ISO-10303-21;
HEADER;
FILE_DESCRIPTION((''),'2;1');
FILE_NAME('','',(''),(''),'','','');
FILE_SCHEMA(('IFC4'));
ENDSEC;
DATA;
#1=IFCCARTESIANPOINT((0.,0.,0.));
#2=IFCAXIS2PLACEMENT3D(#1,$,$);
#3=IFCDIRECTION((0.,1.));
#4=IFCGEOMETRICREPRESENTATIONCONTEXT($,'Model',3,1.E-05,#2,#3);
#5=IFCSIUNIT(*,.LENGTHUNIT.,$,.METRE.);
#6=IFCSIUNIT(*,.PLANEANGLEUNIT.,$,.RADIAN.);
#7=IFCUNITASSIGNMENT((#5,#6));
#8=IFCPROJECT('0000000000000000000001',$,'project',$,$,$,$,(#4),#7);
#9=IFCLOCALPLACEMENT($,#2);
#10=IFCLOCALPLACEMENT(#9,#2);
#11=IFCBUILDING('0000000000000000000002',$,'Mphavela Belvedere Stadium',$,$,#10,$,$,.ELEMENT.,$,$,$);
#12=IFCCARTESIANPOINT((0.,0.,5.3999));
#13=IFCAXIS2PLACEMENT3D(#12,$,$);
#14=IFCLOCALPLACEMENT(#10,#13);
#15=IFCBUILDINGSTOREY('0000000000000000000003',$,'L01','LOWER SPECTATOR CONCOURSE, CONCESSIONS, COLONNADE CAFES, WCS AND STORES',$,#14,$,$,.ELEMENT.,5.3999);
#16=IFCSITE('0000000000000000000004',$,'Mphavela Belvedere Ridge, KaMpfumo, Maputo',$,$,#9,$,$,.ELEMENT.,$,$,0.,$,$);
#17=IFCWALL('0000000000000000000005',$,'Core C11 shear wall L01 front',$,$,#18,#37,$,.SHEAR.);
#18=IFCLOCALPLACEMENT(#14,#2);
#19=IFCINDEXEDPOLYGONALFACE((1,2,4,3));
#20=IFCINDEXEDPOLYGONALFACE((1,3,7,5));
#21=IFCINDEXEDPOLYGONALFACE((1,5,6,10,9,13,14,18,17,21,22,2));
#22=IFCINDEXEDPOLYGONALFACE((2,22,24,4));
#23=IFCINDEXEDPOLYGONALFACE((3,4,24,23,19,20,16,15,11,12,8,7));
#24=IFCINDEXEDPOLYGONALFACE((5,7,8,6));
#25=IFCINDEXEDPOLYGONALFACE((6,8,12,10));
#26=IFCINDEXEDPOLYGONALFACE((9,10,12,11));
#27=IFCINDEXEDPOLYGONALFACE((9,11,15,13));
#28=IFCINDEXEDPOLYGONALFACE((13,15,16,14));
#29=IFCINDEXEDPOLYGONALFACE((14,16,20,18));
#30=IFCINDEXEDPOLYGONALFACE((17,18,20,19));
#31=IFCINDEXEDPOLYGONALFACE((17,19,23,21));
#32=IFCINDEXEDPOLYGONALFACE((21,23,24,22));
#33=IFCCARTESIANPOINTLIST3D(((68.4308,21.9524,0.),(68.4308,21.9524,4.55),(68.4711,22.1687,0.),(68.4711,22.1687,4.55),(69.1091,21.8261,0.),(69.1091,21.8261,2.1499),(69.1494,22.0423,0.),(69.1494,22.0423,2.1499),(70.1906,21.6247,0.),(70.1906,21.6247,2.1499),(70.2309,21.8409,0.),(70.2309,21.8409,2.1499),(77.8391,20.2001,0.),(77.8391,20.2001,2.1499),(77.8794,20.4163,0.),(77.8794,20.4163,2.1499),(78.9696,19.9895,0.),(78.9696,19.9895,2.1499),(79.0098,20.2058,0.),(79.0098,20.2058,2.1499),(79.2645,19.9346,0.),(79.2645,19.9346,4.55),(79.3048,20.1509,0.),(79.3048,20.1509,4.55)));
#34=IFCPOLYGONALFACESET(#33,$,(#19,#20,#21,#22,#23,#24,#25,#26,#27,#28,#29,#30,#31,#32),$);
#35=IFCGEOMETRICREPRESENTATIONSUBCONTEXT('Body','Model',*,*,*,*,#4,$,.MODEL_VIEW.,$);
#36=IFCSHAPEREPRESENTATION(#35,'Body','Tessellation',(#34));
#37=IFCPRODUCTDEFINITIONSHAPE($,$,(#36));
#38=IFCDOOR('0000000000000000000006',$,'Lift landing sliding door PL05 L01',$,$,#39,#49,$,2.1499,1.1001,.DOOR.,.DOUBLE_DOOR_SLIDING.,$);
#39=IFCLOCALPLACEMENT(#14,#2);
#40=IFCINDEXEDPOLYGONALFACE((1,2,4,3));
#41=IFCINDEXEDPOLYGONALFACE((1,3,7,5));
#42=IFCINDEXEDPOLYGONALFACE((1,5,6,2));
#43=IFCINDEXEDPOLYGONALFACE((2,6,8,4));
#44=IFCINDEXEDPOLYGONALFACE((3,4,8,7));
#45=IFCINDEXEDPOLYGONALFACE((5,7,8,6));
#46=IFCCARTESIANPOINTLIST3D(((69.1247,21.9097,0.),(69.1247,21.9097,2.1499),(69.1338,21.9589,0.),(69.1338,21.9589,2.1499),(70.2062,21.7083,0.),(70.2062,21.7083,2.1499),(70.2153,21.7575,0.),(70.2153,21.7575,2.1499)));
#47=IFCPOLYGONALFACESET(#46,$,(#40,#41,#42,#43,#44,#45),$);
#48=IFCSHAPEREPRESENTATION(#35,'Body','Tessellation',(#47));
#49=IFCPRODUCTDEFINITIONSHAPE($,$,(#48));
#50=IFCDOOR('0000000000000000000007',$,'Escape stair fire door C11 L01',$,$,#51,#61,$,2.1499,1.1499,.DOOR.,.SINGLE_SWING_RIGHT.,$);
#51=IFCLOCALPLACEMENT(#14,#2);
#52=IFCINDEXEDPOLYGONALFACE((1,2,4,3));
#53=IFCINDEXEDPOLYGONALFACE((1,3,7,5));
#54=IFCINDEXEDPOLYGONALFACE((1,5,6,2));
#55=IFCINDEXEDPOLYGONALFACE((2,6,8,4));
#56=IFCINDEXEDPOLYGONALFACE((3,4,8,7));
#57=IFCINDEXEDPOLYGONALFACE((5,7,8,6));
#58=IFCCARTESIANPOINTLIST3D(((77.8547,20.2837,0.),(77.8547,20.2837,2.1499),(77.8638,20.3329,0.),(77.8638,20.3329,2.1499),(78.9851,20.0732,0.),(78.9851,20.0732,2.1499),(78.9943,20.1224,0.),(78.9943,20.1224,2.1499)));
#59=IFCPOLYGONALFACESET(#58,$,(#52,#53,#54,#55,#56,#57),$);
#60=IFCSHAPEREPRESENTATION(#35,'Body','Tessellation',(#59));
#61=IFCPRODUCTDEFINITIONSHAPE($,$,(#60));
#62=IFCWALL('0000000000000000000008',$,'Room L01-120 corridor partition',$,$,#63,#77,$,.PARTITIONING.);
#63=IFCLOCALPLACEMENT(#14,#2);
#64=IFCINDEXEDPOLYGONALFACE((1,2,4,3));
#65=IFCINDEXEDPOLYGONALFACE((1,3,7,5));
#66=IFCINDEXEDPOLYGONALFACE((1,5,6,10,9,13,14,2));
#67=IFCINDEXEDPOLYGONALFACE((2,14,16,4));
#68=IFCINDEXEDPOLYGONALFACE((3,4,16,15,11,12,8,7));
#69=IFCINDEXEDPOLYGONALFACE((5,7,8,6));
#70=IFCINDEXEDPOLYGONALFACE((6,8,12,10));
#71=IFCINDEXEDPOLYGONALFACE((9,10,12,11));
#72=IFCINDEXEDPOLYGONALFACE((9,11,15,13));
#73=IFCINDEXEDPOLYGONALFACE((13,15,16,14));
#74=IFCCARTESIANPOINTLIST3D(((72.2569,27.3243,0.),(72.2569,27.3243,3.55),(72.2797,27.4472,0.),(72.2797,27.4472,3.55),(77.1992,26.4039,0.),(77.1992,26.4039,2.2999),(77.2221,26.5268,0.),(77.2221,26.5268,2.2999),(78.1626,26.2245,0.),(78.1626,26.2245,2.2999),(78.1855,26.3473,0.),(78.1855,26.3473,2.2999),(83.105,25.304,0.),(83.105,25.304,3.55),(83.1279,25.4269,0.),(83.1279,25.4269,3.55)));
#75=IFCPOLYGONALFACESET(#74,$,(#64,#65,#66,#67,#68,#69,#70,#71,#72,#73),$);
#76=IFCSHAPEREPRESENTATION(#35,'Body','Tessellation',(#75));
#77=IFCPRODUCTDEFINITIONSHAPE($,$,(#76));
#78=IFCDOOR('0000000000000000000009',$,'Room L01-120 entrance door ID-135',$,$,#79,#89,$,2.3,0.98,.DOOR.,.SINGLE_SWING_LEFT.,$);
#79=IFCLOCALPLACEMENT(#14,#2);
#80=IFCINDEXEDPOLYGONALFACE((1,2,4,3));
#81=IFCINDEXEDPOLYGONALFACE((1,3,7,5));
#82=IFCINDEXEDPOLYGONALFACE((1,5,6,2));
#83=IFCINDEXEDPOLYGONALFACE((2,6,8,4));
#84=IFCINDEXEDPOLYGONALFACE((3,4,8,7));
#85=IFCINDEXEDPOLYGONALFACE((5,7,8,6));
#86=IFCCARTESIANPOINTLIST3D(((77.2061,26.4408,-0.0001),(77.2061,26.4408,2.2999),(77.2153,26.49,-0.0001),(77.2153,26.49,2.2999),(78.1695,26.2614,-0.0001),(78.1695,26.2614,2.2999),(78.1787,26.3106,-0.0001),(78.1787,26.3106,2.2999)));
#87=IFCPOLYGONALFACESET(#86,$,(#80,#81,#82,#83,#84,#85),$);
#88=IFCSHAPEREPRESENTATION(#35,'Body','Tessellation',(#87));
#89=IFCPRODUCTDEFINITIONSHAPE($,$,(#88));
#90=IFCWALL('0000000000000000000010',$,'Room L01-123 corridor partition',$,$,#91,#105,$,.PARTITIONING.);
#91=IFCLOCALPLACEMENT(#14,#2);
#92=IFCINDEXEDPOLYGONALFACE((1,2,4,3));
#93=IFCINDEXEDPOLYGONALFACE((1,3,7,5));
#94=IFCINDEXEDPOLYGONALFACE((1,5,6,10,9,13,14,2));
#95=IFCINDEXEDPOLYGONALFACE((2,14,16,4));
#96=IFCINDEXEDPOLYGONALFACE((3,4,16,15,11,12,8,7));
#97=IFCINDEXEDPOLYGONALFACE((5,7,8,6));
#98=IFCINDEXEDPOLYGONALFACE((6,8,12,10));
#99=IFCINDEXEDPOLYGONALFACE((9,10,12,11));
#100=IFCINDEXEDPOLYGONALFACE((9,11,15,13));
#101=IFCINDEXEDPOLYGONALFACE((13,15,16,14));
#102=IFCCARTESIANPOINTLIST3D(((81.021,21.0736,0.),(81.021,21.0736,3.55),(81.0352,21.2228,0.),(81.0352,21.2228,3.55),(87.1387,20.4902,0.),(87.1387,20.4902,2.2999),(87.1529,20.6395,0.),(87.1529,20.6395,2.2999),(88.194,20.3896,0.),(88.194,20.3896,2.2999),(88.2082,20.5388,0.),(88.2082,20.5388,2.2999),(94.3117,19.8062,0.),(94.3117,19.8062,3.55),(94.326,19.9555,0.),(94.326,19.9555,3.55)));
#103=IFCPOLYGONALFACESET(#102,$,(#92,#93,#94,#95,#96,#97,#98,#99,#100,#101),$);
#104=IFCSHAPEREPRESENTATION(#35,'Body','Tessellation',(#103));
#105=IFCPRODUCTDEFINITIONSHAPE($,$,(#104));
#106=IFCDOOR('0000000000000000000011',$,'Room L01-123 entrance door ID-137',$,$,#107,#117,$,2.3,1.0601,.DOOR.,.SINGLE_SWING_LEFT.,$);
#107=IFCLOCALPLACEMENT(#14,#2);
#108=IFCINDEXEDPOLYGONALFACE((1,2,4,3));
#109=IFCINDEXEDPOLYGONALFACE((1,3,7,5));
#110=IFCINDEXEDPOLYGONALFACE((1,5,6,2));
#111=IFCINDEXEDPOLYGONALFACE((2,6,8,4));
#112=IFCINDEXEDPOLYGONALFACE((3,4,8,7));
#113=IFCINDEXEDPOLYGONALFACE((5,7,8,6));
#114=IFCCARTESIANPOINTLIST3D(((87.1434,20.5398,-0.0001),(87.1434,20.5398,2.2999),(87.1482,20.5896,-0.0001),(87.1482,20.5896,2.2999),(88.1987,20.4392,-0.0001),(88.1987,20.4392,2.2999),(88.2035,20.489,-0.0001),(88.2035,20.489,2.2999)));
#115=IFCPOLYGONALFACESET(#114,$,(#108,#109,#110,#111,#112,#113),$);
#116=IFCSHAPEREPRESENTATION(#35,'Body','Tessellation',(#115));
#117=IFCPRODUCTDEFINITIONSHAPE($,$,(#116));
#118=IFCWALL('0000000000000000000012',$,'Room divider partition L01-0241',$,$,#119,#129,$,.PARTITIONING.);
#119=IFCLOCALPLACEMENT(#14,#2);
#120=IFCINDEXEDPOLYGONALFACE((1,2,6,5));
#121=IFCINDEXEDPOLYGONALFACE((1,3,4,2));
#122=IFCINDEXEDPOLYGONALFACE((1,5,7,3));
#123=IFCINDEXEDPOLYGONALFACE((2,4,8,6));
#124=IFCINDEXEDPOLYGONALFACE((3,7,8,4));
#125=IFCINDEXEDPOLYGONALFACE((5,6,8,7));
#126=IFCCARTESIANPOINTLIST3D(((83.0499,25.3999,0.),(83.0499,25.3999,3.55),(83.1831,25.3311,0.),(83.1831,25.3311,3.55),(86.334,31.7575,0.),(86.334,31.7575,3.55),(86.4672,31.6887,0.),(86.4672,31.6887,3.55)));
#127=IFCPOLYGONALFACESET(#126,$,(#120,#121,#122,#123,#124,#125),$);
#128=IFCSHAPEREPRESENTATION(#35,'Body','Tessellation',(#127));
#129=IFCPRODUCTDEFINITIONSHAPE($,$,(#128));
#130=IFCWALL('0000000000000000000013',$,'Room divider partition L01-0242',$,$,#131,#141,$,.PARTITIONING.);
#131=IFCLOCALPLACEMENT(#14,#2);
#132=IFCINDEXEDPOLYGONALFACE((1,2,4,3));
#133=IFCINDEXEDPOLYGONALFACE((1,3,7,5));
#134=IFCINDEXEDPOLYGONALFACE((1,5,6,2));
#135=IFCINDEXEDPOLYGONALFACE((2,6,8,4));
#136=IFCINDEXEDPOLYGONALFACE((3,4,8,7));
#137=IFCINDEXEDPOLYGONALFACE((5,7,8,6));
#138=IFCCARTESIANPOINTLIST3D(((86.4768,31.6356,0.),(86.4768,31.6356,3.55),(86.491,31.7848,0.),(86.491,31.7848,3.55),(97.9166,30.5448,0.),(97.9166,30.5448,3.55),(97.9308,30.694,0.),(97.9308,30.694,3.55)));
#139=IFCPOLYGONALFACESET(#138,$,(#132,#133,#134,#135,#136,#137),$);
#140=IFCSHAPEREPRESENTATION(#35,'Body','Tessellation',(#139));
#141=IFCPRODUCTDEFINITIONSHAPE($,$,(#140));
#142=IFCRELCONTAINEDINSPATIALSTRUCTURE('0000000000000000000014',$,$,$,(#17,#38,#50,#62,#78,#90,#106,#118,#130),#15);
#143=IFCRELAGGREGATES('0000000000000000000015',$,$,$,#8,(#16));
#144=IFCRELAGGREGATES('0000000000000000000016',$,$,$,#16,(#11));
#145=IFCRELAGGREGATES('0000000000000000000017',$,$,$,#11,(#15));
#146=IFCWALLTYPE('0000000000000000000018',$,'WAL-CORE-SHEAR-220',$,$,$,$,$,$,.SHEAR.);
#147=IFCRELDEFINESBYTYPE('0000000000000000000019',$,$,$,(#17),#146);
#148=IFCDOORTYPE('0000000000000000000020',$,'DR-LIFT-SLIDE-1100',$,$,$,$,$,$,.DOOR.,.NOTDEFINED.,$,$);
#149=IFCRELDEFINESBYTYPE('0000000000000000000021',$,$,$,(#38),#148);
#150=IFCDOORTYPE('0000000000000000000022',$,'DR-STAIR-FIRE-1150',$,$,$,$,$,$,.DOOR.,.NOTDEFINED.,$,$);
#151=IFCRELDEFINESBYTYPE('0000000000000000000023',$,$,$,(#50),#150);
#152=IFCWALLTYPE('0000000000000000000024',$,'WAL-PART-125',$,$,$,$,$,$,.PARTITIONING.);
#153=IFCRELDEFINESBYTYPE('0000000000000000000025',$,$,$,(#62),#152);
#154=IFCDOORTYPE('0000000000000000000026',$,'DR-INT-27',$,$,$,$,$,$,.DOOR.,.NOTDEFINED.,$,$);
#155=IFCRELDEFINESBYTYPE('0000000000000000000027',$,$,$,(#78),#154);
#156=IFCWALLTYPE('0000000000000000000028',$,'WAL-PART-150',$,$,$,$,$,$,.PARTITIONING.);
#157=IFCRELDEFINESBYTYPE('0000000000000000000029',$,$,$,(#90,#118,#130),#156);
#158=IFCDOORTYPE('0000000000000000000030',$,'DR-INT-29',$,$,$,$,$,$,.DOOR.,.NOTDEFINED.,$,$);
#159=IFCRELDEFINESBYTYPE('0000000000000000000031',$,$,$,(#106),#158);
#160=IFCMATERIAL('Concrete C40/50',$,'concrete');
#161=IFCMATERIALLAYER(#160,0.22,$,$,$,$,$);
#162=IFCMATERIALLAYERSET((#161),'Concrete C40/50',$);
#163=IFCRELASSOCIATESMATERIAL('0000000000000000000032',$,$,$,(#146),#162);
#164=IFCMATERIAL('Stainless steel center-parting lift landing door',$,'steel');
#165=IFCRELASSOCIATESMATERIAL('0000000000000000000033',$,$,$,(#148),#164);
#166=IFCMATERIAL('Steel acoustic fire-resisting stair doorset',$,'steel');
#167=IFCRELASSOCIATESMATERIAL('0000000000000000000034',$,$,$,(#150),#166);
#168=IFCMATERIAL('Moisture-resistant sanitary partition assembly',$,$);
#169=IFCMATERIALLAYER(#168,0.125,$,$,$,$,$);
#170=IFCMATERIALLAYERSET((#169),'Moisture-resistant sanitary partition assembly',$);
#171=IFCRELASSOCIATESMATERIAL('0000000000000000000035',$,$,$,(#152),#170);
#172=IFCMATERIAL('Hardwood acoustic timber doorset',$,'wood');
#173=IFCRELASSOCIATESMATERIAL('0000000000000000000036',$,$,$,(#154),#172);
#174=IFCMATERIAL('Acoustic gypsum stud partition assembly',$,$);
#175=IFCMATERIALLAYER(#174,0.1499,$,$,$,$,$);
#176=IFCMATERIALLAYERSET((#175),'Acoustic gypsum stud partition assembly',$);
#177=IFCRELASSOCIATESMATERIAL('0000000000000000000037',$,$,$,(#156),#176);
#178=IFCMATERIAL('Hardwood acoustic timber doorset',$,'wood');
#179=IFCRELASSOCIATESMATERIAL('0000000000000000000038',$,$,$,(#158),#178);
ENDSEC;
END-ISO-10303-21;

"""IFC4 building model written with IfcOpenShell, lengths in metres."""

from ifc_helpers import new_model, si_unit, direction, frame, frame_2d, origin, place, context, subcontext, project, spatial, rectangle, extrude, material, layer, layer_set, type_object, element, fill, save


model = new_model("IFC4")

# Units and contexts
model_context = context("Model", 3, precision=1e-05, world=origin(), true_north=direction((0.0, 1.0)))
body_context = subcontext(model_context, "Body", "Model", "MODEL_VIEW")
ifc_project = project(units=[si_unit("LENGTHUNIT", "METRE"), si_unit("PLANEANGLEUNIT", "RADIAN")], contexts=[model_context])

# Site, building, storey
site_placement = place(None, origin())
site = spatial("IfcSite", under=ifc_project, at=site_placement, Name="Mphavela Belvedere Ridge, KaMpfumo, Maputo", CompositionType="ELEMENT", RefElevation=0.0)
building_placement = place(site_placement, origin())
building = spatial("IfcBuilding", under=site, at=building_placement, Name="Mphavela Belvedere Stadium", CompositionType="ELEMENT")
storey_placement = place(building_placement, frame((0.0, 0.0, 5.3999)))
storey = spatial("IfcBuildingStorey", under=building, at=storey_placement, Name="L01", Description="LOWER SPECTATOR CONCOURSE, CONCESSIONS, COLONNADE CAFES, WCS AND STORES", CompositionType="ELEMENT", Elevation=5.3999)

# Shared definitions
ifc_material_1 = material(Name="Concrete C40/50", Category="concrete")
ifc_layer_1 = layer(ifc_material_1, 0.22)
ifc_layer_set_1 = layer_set([ifc_layer_1], Name="Concrete C40/50")
wall_type_1 = type_object("IfcWallType", Name="WAL-CORE-SHEAR-220", PredefinedType="SHEAR", material=ifc_layer_set_1)

# Wall, openings, doors
wall_1_placement = place(storey_placement, frame((79.2847, 20.0427, 0.0), z_axis=(0.0, 0.0, 1.0), x_axis=(-0.983093, 0.183105, 0.0)))
wall_1 = element("IfcWall", 1, at=wall_1_placement, inside=storey, type_object=wall_type_1, Name="Core C11 shear wall L01 front", PredefinedType="SHEAR", context=body_context, shape_type="SweptSolid", body=[
    extrude(rectangle(XDim=11.02, YDim=0.22, at=frame_2d((5.51, 0.0))), origin(), (0.0, 0.0, 1.0), 4.55),
])
opening_1_placement = place(wall_1_placement, frame((0.3, 0.0, 0.0)))
opening_1 = element("IfcOpeningElement", 2, at=opening_1_placement, cuts=wall_1, PredefinedType="OPENING", context=body_context, shape_type="SweptSolid", body=[
    extrude(rectangle(XDim=1.1499, YDim=2.1499, at=frame_2d((0.575, 1.075))), frame((0.0, 0.1201, 0.0), z_axis=(0.0, -1.0, 0.0), x_axis=(1.0, 0.0, 0.0)), (0.0, 0.0, 1.0), 0.24),
])
opening_2_placement = place(wall_1_placement, frame((9.23, 0.0, 0.0)))
opening_2 = element("IfcOpeningElement", 3, at=opening_2_placement, cuts=wall_1, PredefinedType="OPENING", context=body_context, shape_type="SweptSolid", body=[
    extrude(rectangle(XDim=1.1001, YDim=2.1499, at=frame_2d((0.55, 1.075))), frame((0.0, 0.1201, 0.0), z_axis=(0.0, -1.0, 0.0), x_axis=(1.0, 0.0, 0.0)), (0.0, 0.0, 1.0), 0.24),
])
ifc_material_2 = material(Name="Stainless steel center-parting lift landing door", Category="steel")
door_type_1 = type_object("IfcDoorType", Name="DR-LIFT-SLIDE-1100", OperationType="NOTDEFINED", PredefinedType="DOOR", material=ifc_material_2)
door_1_placement = place(opening_2_placement, origin())
door_1 = element("IfcDoor", 4, at=door_1_placement, inside=storey, type_object=door_type_1, Name="Lift landing sliding door PL05 L01", OperationType="DOUBLE_DOOR_SLIDING", OverallHeight=2.1499, OverallWidth=1.1001, PredefinedType="DOOR", context=body_context, shape_type="SweptSolid", body=[
    extrude(rectangle(XDim=1.1001, YDim=2.1499, at=frame_2d((0.55, 1.075))), frame((0.0, 0.0249, 0.0), z_axis=(0.0, -1.0, 0.0), x_axis=(1.0, 0.0, 0.0)), (0.0, 0.0, 1.0), 0.05),
])
fill(opening_2, door_1)
ifc_material_3 = material(Name="Steel acoustic fire-resisting stair doorset", Category="steel")
door_type_2 = type_object("IfcDoorType", Name="DR-STAIR-FIRE-1150", OperationType="NOTDEFINED", PredefinedType="DOOR", material=ifc_material_3)
door_2_placement = place(opening_1_placement, origin())
door_2 = element("IfcDoor", 5, at=door_2_placement, inside=storey, type_object=door_type_2, Name="Escape stair fire door C11 L01", OperationType="SINGLE_SWING_RIGHT", OverallHeight=2.1499, OverallWidth=1.1499, PredefinedType="DOOR", context=body_context, shape_type="SweptSolid", body=[
    extrude(rectangle(XDim=1.1499, YDim=2.1499, at=frame_2d((0.575, 1.075))), frame((0.0, 0.0249, 0.0), z_axis=(0.0, -1.0, 0.0), x_axis=(1.0, 0.0, 0.0)), (0.0, 0.0, 1.0), 0.05),
])
fill(opening_1, door_2)

# Walls, openings, doors
ifc_material_4 = material(Name="Moisture-resistant sanitary partition assembly")
ifc_layer_2 = layer(ifc_material_4, 0.125)
ifc_layer_set_2 = layer_set([ifc_layer_2], Name="Moisture-resistant sanitary partition assembly")
wall_type_2 = type_object("IfcWallType", Name="WAL-PART-125", PredefinedType="PARTITIONING", material=ifc_layer_set_2)
wall_2_placement = place(storey_placement, frame((83.1165, 25.3655, 0.0), z_axis=(0.0, 0.0, 1.0), x_axis=(-0.983097, 0.183083, 0.0)))
wall_2 = element("IfcWall", 6, at=wall_2_placement, inside=storey, type_object=wall_type_2, Name="Room L01-120 corridor partition", PredefinedType="PARTITIONING", context=body_context, shape_type="SweptSolid", body=[
    extrude(rectangle(XDim=11.0347, YDim=0.125, at=frame_2d((5.5173, 0.0))), origin(), (0.0, 0.0, 1.0), 3.55),
])
opening_3_placement = place(wall_2_placement, frame((5.0273, 0.0, 0.0)))
opening_3 = element("IfcOpeningElement", 7, at=opening_3_placement, cuts=wall_2, PredefinedType="OPENING", context=body_context, shape_type="SweptSolid", body=[
    extrude(rectangle(XDim=0.98, YDim=2.3, at=frame_2d((0.49, 1.1499))), frame((0.0, 0.0725, 0.0), z_axis=(0.0, -1.0, 0.0), x_axis=(1.0, 0.0, 0.0)), (0.0, 0.0, 1.0), 0.145),
])
ifc_material_5 = material(Name="Hardwood acoustic timber doorset", Category="wood")
door_type_3 = type_object("IfcDoorType", Name="DR-INT-27", OperationType="NOTDEFINED", PredefinedType="DOOR", material=ifc_material_5)
door_3_placement = place(opening_3_placement, origin())
door_3 = element("IfcDoor", 8, at=door_3_placement, inside=storey, type_object=door_type_3, Name="Room L01-120 entrance door ID-135", OperationType="SINGLE_SWING_LEFT", OverallHeight=2.3, OverallWidth=0.98, PredefinedType="DOOR", context=body_context, shape_type="SweptSolid", body=[
    extrude(rectangle(XDim=0.98, YDim=2.3, at=frame_2d((0.49, 1.1499))), frame((0.0, 0.0249, 0.0), z_axis=(0.0, -1.0, 0.0), x_axis=(1.0, 0.0, 0.0)), (0.0, 0.0, 1.0), 0.05),
])
fill(opening_3, door_3)
ifc_material_6 = material(Name="Acoustic gypsum stud partition assembly")
ifc_layer_3 = layer(ifc_material_6, 0.1499)
ifc_layer_set_3 = layer_set([ifc_layer_3], Name="Acoustic gypsum stud partition assembly")
wall_type_3 = type_object("IfcWallType", Name="WAL-PART-150", PredefinedType="PARTITIONING", material=ifc_layer_set_3)
wall_3_placement = place(storey_placement, frame((81.0281, 21.1482, 0.0), z_axis=(0.0, 0.0, 1.0), x_axis=(0.995485, -0.094924, 0.0)))
wall_3 = element("IfcWall", 9, at=wall_3_placement, inside=storey, type_object=wall_type_3, Name="Room L01-123 corridor partition", PredefinedType="PARTITIONING", context=body_context, shape_type="SweptSolid", body=[
    extrude(rectangle(XDim=13.3511, YDim=0.1499, at=frame_2d((6.6755, 0.0))), origin(), (0.0, 0.0, 1.0), 3.55),
])
opening_4_placement = place(wall_3_placement, frame((6.1455, 0.0, 0.0)))
opening_4 = element("IfcOpeningElement", 10, at=opening_4_placement, cuts=wall_3, PredefinedType="OPENING", context=body_context, shape_type="SweptSolid", body=[
    extrude(rectangle(XDim=1.0601, YDim=2.3, at=frame_2d((0.53, 1.1499))), frame((0.0, 0.085, 0.0), z_axis=(0.0, -1.0, 0.0), x_axis=(1.0, 0.0, 0.0)), (0.0, 0.0, 1.0), 0.1699),
])
ifc_material_7 = material(Name="Hardwood acoustic timber doorset", Category="wood")
door_type_4 = type_object("IfcDoorType", Name="DR-INT-29", OperationType="NOTDEFINED", PredefinedType="DOOR", material=ifc_material_7)
door_4_placement = place(opening_4_placement, origin())
door_4 = element("IfcDoor", 11, at=door_4_placement, inside=storey, type_object=door_type_4, Name="Room L01-123 entrance door ID-137", OperationType="SINGLE_SWING_LEFT", OverallHeight=2.3, OverallWidth=1.0601, PredefinedType="DOOR", context=body_context, shape_type="SweptSolid", body=[
    extrude(rectangle(XDim=1.0601, YDim=2.3, at=frame_2d((0.53, 1.1499))), frame((0.0, 0.0249, 0.0), z_axis=(0.0, -1.0, 0.0), x_axis=(1.0, 0.0, 0.0)), (0.0, 0.0, 1.0), 0.05),
])
fill(opening_4, door_4)

# Walls
wall_4_placement = place(storey_placement, frame((86.4006, 31.7231, 0.0), z_axis=(0.0, 0.0, 1.0), x_axis=(-0.458952, -0.888461, 0.0)))
element("IfcWall", 12, at=wall_4_placement, inside=storey, type_object=wall_type_3, Name="Room divider partition L01-0241", PredefinedType="PARTITIONING", context=body_context, shape_type="SweptSolid", body=[
    extrude(rectangle(XDim=7.1558, YDim=0.1499, at=frame_2d((3.5779, 0.0))), origin(), (0.0, 0.0, 1.0), 3.55),
])
wall_5_placement = place(storey_placement, frame((86.4839, 31.7102, 0.0), z_axis=(0.0, 0.0, 1.0), x_axis=(0.995485, -0.094923, 0.0)))
element("IfcWall", 13, at=wall_5_placement, inside=storey, type_object=wall_type_3, Name="Room divider partition L01-0242", PredefinedType="PARTITIONING", context=body_context, shape_type="SweptSolid", body=[
    extrude(rectangle(XDim=11.4917, YDim=0.1499, at=frame_2d((5.7458, 0.0))), origin(), (0.0, 0.0, 1.0), 3.55),
])

save(model, "model.ifc")
